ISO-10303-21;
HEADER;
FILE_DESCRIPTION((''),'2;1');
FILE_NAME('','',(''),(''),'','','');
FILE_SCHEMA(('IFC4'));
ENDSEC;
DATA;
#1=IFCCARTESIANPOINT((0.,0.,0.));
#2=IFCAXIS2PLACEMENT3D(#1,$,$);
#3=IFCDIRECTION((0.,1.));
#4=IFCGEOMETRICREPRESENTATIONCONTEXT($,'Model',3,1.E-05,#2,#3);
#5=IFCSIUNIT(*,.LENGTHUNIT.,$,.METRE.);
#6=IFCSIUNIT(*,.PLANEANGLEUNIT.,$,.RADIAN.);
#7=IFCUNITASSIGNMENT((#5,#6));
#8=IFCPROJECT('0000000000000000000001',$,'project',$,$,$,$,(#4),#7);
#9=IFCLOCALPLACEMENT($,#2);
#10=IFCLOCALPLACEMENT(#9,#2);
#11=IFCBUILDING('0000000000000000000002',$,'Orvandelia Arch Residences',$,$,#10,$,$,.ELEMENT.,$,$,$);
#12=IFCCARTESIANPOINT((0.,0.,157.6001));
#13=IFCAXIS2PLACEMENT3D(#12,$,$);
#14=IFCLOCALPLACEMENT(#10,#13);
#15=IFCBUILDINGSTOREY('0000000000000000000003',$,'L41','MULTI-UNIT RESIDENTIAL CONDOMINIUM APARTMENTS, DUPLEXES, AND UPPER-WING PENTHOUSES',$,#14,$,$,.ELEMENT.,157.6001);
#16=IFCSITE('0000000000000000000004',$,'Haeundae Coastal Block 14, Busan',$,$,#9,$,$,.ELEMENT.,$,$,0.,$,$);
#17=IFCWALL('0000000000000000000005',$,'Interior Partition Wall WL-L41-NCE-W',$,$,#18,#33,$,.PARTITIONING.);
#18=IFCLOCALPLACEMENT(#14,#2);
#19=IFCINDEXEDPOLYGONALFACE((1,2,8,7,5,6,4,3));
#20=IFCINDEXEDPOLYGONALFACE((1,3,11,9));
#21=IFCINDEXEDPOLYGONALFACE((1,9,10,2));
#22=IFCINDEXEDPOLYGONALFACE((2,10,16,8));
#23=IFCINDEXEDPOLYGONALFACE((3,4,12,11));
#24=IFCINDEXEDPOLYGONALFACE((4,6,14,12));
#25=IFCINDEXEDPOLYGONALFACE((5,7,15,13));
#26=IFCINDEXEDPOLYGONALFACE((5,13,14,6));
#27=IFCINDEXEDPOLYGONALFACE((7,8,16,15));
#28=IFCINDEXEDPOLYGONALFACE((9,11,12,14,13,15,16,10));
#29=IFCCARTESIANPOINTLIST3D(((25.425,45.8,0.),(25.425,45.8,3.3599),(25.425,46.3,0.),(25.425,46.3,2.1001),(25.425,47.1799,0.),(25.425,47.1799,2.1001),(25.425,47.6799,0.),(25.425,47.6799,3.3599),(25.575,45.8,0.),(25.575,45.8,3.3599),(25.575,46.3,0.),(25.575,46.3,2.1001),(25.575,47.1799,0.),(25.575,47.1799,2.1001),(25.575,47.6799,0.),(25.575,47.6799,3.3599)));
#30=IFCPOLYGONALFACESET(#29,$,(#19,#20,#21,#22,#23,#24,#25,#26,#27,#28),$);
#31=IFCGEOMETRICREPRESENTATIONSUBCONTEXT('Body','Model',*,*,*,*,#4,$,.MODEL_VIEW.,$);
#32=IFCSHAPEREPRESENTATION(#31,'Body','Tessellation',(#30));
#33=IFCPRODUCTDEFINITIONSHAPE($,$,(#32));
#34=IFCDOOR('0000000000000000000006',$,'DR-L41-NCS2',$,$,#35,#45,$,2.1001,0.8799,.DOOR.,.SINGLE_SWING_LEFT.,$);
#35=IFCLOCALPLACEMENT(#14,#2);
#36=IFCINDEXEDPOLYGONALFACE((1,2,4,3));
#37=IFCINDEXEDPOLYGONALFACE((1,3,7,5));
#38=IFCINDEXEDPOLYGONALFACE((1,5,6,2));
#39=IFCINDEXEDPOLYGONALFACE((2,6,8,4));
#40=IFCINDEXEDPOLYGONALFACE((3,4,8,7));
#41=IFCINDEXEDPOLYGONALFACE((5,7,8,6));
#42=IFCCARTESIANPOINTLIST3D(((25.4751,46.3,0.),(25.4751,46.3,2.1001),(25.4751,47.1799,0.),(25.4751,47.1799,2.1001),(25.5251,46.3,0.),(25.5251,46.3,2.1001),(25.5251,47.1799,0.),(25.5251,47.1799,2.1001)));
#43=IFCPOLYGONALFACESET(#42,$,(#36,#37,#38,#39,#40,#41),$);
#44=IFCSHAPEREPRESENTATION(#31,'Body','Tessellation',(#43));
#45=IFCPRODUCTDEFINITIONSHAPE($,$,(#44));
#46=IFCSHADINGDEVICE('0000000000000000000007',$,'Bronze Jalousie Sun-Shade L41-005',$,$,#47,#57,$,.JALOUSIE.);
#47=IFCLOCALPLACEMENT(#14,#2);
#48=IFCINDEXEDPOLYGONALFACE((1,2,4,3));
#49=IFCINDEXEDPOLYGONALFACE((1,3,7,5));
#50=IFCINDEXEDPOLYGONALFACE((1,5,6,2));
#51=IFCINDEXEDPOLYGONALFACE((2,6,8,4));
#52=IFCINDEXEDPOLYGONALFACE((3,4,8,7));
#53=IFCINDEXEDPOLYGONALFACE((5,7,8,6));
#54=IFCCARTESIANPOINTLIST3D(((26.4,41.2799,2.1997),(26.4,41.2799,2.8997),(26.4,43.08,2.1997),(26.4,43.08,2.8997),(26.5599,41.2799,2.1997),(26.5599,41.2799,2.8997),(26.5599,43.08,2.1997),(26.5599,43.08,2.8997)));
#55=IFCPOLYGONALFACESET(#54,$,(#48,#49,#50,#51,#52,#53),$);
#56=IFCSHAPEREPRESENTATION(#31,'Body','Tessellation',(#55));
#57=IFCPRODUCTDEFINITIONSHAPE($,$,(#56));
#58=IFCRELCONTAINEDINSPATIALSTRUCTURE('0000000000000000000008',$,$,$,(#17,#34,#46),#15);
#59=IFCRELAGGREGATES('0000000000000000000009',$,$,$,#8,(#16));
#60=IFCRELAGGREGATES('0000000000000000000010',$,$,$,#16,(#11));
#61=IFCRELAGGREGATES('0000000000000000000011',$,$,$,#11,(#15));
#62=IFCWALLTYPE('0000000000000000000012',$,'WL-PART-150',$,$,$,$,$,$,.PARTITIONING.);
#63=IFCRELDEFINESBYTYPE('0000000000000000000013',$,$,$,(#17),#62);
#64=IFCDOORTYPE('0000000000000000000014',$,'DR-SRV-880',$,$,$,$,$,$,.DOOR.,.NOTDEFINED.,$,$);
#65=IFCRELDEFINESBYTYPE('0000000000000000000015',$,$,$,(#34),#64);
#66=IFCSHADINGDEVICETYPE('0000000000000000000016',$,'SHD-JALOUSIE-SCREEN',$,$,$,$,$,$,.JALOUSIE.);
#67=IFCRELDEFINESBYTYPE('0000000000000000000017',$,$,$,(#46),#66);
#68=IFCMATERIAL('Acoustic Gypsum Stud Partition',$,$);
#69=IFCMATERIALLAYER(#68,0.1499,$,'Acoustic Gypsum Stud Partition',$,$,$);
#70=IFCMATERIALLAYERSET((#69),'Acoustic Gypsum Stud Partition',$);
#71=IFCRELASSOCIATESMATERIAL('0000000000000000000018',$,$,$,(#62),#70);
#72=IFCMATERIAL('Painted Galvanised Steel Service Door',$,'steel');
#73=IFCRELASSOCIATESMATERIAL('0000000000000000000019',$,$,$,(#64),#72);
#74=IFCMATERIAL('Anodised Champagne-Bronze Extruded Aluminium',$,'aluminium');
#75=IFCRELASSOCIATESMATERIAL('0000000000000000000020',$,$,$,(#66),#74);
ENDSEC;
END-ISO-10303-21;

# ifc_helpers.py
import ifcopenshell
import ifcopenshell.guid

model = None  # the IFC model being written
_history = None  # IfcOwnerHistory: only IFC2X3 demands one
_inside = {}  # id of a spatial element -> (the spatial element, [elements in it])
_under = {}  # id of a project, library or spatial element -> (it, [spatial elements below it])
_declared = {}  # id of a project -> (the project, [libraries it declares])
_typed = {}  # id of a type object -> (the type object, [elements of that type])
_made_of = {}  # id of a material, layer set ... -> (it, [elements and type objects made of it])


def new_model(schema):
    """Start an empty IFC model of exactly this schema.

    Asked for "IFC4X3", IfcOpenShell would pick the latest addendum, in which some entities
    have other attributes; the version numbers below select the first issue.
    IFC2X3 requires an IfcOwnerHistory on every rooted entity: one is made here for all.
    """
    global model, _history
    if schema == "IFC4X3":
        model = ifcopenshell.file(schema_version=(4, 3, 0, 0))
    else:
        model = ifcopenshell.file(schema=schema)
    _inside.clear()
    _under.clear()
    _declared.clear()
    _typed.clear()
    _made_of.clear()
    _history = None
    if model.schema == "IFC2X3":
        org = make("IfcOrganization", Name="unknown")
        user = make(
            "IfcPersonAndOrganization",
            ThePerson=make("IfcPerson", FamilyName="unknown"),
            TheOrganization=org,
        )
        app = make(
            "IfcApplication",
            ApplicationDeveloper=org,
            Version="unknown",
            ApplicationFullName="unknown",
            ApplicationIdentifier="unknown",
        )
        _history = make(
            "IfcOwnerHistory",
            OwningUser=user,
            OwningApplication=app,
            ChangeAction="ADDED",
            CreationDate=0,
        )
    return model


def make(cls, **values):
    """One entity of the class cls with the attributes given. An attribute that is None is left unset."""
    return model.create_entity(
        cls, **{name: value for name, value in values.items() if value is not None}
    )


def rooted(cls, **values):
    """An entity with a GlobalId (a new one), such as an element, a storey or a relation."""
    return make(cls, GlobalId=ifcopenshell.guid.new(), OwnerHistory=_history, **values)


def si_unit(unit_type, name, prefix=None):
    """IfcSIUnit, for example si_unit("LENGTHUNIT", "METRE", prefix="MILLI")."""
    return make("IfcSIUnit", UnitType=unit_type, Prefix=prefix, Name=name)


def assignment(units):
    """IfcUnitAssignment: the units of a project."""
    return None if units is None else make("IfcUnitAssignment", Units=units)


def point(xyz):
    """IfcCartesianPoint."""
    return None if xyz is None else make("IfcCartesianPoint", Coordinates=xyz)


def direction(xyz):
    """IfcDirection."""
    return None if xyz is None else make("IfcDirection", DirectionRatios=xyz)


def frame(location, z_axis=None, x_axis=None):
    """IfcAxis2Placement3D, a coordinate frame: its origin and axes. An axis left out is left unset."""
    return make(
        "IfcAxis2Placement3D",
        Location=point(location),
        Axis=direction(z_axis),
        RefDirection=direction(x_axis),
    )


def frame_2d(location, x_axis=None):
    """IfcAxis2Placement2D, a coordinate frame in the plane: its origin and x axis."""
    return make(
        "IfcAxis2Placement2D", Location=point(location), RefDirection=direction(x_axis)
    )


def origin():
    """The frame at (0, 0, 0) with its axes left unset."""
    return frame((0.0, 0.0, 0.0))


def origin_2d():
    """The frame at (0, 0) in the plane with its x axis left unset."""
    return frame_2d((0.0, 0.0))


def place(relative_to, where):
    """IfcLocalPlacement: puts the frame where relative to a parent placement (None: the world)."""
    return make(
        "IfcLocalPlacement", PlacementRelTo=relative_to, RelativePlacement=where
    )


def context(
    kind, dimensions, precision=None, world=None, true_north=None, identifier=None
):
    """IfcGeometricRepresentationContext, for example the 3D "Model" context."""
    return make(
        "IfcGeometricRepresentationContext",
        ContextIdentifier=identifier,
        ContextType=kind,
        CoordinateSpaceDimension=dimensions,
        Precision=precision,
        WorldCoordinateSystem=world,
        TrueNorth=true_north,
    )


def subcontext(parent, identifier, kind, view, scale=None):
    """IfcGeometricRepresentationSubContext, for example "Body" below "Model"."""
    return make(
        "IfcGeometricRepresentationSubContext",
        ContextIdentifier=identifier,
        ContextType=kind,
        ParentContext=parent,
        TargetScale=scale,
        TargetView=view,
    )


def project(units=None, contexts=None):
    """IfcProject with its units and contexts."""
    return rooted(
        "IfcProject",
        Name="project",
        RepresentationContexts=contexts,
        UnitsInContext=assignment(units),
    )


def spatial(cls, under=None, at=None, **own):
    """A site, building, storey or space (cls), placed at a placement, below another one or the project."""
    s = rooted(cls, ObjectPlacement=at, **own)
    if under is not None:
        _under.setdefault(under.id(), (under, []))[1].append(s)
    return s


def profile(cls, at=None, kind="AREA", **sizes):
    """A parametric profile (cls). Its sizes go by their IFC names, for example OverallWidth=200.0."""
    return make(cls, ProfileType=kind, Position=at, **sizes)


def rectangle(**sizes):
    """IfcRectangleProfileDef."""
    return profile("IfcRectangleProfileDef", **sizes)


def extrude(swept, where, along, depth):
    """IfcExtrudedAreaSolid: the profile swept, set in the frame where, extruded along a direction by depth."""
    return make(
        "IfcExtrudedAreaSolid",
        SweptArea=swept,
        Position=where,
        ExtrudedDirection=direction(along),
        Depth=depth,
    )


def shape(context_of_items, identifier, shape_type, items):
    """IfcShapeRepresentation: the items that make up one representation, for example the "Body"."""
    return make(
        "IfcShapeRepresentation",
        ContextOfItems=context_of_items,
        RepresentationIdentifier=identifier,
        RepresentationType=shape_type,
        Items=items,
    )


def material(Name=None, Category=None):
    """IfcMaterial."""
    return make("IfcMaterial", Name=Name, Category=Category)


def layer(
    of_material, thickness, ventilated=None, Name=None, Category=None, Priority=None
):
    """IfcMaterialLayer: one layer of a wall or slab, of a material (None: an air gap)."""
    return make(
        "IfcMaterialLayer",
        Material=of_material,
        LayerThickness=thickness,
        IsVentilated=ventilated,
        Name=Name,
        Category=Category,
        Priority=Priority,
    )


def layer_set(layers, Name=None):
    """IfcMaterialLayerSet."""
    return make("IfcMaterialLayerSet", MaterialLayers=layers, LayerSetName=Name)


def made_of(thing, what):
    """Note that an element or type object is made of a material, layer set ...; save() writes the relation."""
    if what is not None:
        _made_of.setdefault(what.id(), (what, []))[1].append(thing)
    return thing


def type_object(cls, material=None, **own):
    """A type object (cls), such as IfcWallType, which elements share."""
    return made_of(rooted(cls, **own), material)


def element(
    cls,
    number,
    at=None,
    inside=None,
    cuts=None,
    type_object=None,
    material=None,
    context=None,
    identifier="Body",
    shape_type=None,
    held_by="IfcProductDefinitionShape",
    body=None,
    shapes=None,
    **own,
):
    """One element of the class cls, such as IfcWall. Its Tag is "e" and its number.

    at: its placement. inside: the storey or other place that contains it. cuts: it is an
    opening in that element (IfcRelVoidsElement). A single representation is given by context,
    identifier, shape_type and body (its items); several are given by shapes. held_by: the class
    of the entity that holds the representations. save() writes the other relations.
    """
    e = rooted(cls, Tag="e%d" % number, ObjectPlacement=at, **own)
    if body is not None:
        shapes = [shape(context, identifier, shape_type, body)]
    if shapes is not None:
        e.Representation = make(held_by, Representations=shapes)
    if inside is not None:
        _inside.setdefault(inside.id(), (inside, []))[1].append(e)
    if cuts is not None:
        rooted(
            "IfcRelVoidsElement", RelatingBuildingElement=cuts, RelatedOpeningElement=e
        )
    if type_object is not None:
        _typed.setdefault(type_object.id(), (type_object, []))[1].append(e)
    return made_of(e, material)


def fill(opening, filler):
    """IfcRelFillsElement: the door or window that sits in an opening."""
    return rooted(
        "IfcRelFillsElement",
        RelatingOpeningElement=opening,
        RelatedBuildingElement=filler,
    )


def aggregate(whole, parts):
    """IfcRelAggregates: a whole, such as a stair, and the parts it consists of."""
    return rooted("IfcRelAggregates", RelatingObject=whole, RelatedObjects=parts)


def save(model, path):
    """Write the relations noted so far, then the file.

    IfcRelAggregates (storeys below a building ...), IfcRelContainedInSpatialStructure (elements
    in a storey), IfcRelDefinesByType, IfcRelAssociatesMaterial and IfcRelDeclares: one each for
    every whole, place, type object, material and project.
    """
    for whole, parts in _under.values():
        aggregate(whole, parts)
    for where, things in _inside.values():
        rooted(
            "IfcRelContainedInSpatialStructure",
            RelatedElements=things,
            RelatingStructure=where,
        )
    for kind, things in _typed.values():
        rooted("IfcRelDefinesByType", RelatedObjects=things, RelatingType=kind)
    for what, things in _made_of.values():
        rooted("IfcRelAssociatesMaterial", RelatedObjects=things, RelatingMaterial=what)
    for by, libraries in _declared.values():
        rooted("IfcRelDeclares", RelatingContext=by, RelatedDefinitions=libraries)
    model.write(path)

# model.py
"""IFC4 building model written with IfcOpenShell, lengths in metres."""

from ifc_helpers import new_model, si_unit, direction, frame, frame_2d, origin, origin_2d, place, context, subcontext, project, spatial, rectangle, extrude, material, layer, layer_set, type_object, element, fill, save


model = new_model("IFC4")

# Units and contexts
model_context = context("Model", 3, precision=1e-05, world=origin(), true_north=direction((0.0, 1.0)))
body_context = subcontext(model_context, "Body", "Model", "MODEL_VIEW")
ifc_project = project(units=[si_unit("LENGTHUNIT", "METRE"), si_unit("PLANEANGLEUNIT", "RADIAN")], contexts=[model_context])

# Site, building, storey
site_placement = place(None, origin())
site = spatial("IfcSite", under=ifc_project, at=site_placement, Name="Haeundae Coastal Block 14, Busan", CompositionType="ELEMENT", RefElevation=0.0)
building_placement = place(site_placement, origin())
building = spatial("IfcBuilding", under=site, at=building_placement, Name="Orvandelia Arch Residences", CompositionType="ELEMENT")
storey_placement = place(building_placement, frame((0.0, 0.0, 157.6001)))
storey = spatial("IfcBuildingStorey", under=building, at=storey_placement, Name="L41", Description="MULTI-UNIT RESIDENTIAL CONDOMINIUM APARTMENTS, DUPLEXES, AND UPPER-WING PENTHOUSES", CompositionType="ELEMENT", Elevation=157.6001)

# Wall, opening, door
ifc_material_1 = material(Name="Acoustic Gypsum Stud Partition")
ifc_layer_1 = layer(ifc_material_1, 0.1499, Name="Acoustic Gypsum Stud Partition")
ifc_layer_set_1 = layer_set([ifc_layer_1], Name="Acoustic Gypsum Stud Partition")
wall_type_1 = type_object("IfcWallType", Name="WL-PART-150", PredefinedType="PARTITIONING", material=ifc_layer_set_1)
wall_1_placement = place(storey_placement, frame((25.5, 45.8, 0.0), z_axis=(0.0, 0.0, 1.0), x_axis=(0.0, 1.0, 0.0)))
wall_1 = element("IfcWall", 1, at=wall_1_placement, inside=storey, type_object=wall_type_1, Name="Interior Partition Wall WL-L41-NCE-W", PredefinedType="PARTITIONING", context=body_context, shape_type="SweptSolid", body=[
    extrude(rectangle(XDim=1.8799, YDim=0.1499, at=frame_2d((0.9399, 0.0))), origin(), (0.0, 0.0, 1.0), 3.3599),
])
opening_1_placement = place(wall_1_placement, frame((0.5, 0.0, 0.0)))
opening_1 = element("IfcOpeningElement", 2, at=opening_1_placement, cuts=wall_1, PredefinedType="OPENING", context=body_context, shape_type="SweptSolid", body=[
    extrude(rectangle(XDim=0.8799, YDim=2.1001, at=frame_2d((0.4399, 1.05))), frame((0.0, 0.085, 0.0), z_axis=(0.0, -1.0, 0.0), x_axis=(1.0, 0.0, 0.0)), (0.0, 0.0, 1.0), 0.1699),
])
ifc_material_2 = material(Name="Painted Galvanised Steel Service Door", Category="steel")
door_type_1 = type_object("IfcDoorType", Name="DR-SRV-880", OperationType="NOTDEFINED", PredefinedType="DOOR", material=ifc_material_2)
door_1_placement = place(opening_1_placement, origin())
door_1 = element("IfcDoor", 3, at=door_1_placement, inside=storey, type_object=door_type_1, Name="DR-L41-NCS2", OperationType="SINGLE_SWING_LEFT", OverallHeight=2.1001, OverallWidth=0.8799, PredefinedType="DOOR", context=body_context, shape_type="SweptSolid", body=[
    extrude(rectangle(XDim=0.8799, YDim=2.1001, at=frame_2d((0.4399, 1.05))), frame((0.0, 0.0249, 0.0), z_axis=(0.0, -1.0, 0.0), x_axis=(1.0, 0.0, 0.0)), (0.0, 0.0, 1.0), 0.05),
])
fill(opening_1, door_1)

# Shading device
ifc_material_3 = material(Name="Anodised Champagne-Bronze Extruded Aluminium", Category="aluminium")
shading_device_type = type_object("IfcShadingDeviceType", Name="SHD-JALOUSIE-SCREEN", PredefinedType="JALOUSIE", material=ifc_material_3)
shading_device_placement = place(storey_placement, frame((26.48, 42.1799, 2.1997), z_axis=(0.0, 0.0, 1.0), x_axis=(0.0, -1.0, 0.0)))
element("IfcShadingDevice", 4, at=shading_device_placement, inside=storey, type_object=shading_device_type, Name="Bronze Jalousie Sun-Shade L41-005", PredefinedType="JALOUSIE", context=body_context, shape_type="SweptSolid", body=[
    extrude(rectangle(XDim=1.8, YDim=0.1599, at=origin_2d()), origin(), (0.0, 0.0, 1.0), 0.7),
])

save(model, "model.ifc")
